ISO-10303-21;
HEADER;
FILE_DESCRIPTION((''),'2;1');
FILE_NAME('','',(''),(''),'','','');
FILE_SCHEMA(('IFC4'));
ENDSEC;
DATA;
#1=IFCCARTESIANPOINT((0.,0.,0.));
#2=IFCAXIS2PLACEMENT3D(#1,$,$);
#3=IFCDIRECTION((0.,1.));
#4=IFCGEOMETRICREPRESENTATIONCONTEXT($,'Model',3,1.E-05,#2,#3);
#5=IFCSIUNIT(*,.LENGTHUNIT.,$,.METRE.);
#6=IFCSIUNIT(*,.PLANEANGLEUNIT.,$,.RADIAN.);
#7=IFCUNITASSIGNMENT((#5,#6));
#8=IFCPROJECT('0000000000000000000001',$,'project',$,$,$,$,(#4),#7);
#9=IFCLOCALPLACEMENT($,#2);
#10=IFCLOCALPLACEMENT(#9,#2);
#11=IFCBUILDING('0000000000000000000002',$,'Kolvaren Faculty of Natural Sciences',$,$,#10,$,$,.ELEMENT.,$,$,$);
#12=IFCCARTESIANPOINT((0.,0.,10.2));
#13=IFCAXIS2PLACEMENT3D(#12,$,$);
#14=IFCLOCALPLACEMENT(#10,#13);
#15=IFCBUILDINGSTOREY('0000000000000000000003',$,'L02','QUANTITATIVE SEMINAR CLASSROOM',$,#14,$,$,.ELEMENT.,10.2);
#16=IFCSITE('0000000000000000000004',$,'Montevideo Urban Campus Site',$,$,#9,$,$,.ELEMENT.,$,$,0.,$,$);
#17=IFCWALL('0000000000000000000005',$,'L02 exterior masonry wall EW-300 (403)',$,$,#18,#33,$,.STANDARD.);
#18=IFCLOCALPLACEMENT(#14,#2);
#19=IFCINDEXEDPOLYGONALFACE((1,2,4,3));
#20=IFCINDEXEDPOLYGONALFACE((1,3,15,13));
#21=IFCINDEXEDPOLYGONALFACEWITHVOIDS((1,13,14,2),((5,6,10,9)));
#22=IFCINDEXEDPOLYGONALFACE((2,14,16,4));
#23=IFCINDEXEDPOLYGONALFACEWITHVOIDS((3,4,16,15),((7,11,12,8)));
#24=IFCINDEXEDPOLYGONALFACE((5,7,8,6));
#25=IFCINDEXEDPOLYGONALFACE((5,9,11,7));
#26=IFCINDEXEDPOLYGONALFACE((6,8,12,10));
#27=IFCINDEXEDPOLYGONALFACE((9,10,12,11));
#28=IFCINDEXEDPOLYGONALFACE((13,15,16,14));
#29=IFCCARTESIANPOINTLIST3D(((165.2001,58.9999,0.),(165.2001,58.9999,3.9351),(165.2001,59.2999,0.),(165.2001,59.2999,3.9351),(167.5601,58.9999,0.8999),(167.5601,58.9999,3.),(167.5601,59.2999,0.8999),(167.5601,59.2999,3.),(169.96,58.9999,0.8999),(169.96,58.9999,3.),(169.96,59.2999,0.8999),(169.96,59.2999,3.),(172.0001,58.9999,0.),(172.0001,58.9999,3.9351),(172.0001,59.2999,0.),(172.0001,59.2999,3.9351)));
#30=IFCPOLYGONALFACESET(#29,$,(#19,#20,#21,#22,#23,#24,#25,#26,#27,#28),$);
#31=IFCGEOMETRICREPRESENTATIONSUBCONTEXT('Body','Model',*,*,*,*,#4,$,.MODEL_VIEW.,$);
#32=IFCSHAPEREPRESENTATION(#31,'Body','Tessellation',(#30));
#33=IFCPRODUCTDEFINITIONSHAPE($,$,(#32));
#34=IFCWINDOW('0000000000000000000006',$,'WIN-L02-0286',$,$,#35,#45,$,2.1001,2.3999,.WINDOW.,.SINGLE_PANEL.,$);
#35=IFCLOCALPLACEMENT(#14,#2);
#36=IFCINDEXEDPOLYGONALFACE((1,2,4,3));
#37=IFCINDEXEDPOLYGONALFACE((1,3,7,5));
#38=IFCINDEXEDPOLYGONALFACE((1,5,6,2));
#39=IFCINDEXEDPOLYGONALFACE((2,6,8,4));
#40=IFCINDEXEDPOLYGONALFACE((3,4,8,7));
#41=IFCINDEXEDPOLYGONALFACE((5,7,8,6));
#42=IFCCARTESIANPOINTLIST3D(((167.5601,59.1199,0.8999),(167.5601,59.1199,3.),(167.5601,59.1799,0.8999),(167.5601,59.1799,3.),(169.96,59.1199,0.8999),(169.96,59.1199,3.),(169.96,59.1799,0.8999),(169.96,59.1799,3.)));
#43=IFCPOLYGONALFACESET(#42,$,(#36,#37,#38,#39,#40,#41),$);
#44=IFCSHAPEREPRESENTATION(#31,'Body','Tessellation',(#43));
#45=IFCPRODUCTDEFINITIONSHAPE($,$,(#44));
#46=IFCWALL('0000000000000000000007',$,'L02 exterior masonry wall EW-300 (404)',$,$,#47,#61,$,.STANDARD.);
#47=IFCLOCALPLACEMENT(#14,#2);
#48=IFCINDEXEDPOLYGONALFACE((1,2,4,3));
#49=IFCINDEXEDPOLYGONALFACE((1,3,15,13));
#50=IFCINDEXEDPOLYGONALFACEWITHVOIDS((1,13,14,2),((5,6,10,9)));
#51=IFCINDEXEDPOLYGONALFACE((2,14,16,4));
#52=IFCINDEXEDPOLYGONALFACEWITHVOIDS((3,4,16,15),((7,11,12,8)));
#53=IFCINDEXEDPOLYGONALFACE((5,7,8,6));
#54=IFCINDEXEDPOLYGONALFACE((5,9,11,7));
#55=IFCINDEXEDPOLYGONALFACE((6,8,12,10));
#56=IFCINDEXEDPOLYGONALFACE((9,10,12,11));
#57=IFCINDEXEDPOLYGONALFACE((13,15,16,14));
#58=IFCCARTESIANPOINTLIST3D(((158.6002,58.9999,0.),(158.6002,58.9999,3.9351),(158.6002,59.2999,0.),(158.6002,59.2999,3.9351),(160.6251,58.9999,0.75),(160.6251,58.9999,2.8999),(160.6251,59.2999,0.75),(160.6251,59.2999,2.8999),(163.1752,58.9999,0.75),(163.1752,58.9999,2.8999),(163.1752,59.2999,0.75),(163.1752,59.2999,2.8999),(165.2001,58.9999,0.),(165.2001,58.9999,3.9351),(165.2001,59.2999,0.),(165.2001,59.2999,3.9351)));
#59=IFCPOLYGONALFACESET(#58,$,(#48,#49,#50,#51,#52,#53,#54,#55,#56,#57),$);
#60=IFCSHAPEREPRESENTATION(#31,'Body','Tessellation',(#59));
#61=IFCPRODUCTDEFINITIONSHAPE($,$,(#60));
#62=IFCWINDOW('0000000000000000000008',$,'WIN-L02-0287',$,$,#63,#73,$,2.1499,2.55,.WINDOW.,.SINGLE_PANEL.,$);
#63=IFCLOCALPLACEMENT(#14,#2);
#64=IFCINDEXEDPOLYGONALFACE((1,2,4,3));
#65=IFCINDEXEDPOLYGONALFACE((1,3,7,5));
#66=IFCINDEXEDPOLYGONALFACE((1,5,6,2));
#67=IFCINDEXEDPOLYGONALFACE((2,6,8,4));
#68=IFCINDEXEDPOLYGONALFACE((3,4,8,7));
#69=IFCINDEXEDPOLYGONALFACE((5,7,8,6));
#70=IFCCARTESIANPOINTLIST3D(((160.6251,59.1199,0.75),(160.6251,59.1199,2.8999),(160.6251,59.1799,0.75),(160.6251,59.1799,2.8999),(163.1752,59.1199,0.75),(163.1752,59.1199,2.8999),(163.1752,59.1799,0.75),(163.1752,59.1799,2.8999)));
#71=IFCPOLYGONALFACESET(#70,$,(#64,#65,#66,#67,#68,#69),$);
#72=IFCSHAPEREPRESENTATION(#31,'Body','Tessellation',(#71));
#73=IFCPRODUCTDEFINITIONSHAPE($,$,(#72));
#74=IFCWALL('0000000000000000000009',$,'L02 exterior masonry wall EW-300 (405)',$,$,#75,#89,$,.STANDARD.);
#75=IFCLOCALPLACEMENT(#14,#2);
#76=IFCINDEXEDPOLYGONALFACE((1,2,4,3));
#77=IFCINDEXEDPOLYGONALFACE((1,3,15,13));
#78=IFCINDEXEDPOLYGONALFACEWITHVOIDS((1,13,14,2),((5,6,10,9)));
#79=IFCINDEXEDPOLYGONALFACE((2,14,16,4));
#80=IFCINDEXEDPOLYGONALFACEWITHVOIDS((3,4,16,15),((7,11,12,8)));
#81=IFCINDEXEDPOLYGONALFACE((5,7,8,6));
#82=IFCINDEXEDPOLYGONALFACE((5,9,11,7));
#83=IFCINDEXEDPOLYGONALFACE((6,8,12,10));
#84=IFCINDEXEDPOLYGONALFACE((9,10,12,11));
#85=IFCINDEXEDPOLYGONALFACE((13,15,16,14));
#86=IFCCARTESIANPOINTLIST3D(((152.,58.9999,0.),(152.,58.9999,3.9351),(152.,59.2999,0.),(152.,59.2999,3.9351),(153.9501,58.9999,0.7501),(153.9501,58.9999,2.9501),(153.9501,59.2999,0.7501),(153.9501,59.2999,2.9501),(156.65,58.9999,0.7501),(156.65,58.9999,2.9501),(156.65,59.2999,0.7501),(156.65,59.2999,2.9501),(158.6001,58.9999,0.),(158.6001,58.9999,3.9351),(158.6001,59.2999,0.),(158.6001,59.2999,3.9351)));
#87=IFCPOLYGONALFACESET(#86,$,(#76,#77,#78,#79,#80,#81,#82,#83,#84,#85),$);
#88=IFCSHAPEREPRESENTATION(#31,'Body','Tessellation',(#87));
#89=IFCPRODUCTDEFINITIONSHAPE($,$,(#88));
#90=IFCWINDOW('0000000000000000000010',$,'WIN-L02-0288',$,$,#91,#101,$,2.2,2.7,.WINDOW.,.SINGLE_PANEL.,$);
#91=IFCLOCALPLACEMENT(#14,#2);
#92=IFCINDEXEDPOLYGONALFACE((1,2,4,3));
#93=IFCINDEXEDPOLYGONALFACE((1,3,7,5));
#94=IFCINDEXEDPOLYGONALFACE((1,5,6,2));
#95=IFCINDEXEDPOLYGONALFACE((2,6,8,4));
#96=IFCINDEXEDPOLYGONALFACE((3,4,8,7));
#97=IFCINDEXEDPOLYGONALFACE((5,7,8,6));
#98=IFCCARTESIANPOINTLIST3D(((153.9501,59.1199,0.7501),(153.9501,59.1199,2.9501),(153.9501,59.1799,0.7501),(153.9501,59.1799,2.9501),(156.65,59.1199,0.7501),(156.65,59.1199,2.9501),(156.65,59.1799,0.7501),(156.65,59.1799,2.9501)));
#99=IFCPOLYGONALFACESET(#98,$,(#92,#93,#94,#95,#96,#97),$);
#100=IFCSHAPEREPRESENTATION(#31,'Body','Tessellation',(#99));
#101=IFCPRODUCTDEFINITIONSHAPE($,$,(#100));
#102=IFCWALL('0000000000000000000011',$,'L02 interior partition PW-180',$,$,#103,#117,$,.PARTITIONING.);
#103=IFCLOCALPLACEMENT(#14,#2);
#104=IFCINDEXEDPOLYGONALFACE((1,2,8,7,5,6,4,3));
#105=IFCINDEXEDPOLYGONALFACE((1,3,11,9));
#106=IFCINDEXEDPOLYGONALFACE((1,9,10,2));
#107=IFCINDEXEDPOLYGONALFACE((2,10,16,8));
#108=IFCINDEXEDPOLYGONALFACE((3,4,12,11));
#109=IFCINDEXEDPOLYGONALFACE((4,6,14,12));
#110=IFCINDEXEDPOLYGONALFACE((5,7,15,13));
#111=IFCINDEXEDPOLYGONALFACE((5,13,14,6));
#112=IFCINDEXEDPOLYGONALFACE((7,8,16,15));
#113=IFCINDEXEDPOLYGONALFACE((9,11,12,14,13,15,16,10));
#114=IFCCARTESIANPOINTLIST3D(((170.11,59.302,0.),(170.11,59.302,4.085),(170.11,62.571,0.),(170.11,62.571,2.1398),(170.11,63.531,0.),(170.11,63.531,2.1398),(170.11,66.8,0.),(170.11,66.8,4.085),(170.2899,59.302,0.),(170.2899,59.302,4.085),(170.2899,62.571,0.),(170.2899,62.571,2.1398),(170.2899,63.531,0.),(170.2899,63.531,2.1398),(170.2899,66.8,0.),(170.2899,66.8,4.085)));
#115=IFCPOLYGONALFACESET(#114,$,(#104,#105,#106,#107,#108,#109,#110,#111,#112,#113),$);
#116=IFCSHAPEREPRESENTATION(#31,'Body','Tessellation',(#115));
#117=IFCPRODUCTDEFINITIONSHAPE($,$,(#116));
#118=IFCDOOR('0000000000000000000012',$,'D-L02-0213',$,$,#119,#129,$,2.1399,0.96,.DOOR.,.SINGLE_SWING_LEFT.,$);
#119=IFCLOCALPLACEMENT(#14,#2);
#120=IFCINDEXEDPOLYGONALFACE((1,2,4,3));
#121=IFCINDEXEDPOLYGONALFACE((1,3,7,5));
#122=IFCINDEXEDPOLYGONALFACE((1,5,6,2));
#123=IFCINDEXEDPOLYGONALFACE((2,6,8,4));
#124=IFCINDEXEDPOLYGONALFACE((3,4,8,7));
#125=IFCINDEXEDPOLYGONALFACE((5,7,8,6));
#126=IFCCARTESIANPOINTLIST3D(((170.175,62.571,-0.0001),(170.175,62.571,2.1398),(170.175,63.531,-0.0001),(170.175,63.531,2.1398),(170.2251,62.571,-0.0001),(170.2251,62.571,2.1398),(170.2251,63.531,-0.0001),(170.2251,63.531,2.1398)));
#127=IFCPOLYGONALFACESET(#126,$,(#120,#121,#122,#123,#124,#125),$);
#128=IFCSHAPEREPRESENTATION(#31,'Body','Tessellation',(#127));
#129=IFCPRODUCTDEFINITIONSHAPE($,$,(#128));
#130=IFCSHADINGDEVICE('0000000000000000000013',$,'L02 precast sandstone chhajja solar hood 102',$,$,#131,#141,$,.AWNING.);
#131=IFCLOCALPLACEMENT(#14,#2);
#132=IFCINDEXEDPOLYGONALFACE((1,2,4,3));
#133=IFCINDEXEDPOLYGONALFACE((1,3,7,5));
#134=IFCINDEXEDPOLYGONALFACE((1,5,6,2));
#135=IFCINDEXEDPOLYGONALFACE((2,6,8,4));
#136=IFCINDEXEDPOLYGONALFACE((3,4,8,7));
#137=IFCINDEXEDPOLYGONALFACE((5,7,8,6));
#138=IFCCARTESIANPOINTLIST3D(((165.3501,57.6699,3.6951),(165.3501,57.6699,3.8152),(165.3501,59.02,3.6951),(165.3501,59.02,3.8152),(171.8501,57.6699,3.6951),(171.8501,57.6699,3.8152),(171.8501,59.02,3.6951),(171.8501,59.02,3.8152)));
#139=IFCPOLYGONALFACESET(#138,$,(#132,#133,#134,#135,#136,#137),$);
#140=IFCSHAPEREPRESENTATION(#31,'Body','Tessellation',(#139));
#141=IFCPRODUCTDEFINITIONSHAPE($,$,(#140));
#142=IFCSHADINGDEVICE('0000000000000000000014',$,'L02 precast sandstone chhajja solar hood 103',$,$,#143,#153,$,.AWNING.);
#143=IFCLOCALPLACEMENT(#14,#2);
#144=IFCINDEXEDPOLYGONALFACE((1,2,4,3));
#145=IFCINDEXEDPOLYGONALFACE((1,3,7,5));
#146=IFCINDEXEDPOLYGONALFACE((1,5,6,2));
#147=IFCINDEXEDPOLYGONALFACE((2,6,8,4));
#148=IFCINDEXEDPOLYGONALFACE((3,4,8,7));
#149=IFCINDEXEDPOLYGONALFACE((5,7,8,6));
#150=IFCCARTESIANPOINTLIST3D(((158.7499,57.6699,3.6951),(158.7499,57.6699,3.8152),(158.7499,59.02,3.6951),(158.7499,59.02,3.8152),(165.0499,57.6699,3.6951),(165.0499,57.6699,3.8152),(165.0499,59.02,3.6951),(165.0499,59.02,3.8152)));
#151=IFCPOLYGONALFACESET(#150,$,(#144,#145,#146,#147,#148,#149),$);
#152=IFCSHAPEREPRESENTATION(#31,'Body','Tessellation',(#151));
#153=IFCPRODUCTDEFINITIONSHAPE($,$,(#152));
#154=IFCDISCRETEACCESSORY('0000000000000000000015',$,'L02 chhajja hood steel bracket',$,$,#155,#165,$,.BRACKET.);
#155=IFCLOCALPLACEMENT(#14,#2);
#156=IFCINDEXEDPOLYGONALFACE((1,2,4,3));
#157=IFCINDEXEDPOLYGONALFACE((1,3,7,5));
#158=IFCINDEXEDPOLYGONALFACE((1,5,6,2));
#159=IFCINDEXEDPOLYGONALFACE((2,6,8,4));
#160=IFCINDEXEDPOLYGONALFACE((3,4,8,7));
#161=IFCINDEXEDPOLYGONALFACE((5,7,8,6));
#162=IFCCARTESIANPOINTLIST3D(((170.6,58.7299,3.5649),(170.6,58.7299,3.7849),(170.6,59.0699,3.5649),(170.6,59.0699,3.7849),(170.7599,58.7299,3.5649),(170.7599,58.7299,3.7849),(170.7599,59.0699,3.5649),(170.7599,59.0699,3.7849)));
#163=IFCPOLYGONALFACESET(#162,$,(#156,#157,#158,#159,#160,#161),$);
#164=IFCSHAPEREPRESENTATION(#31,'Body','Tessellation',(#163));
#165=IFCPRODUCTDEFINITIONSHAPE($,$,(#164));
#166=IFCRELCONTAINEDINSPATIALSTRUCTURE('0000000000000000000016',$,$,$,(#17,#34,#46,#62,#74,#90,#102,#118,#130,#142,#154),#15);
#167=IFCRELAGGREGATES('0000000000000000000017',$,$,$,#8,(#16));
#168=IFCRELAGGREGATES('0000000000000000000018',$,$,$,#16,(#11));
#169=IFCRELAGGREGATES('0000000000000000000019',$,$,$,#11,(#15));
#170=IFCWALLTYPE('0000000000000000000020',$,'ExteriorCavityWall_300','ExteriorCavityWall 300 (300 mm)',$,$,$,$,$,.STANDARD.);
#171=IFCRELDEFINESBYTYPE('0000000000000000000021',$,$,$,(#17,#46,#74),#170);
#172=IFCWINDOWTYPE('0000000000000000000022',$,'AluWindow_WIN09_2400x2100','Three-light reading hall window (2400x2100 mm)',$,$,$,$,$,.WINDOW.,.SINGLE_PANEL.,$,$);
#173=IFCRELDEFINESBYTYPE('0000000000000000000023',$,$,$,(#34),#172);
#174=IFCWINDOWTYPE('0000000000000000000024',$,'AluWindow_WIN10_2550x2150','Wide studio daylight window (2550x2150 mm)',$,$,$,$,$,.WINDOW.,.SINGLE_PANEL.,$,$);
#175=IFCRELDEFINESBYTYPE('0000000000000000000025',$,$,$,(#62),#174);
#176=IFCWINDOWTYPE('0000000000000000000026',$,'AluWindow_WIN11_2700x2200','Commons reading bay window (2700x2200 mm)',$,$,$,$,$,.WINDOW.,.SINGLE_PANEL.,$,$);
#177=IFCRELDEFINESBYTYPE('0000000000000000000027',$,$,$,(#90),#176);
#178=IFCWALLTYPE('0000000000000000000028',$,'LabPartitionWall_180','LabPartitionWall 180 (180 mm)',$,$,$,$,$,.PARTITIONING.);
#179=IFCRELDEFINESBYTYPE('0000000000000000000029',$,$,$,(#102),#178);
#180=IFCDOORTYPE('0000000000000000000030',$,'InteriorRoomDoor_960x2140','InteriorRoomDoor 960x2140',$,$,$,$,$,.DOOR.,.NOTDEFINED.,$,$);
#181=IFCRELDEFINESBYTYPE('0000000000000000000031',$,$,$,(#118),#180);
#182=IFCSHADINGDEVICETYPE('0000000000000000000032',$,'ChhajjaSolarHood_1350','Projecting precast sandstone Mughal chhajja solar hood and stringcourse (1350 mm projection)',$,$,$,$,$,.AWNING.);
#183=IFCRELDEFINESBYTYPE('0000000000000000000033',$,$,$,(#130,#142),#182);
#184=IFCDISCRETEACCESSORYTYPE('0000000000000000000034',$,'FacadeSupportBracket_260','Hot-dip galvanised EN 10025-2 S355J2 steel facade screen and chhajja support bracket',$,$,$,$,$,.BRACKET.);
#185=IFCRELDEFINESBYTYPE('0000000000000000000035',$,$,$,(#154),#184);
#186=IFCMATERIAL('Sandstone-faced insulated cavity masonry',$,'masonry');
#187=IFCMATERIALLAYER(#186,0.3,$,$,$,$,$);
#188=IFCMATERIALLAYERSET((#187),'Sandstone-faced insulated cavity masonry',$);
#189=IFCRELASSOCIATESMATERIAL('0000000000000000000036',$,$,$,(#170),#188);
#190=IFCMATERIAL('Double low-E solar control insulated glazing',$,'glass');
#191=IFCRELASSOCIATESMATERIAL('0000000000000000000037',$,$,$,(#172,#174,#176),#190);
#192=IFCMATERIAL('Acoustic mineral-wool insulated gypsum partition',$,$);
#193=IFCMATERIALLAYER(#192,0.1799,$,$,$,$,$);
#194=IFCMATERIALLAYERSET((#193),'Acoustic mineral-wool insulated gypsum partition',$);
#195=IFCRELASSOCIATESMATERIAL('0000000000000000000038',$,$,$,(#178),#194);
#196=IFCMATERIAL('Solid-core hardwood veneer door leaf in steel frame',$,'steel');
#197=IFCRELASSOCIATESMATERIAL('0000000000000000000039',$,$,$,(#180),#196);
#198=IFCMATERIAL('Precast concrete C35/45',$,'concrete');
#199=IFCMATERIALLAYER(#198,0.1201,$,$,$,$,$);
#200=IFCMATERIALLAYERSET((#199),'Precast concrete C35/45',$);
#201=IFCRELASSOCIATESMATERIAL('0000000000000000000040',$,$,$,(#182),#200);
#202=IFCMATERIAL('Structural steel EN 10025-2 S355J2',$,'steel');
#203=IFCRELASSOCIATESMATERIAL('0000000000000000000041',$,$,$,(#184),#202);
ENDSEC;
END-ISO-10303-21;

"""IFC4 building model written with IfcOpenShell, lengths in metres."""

from ifc_helpers import new_model, si_unit, direction, frame, frame_2d, origin, origin_2d, place, context, subcontext, project, spatial, rectangle, extrude, material, layer, layer_set, type_object, element, fill, save


model = new_model("IFC4")

# Units and contexts
model_context = context("Model", 3, precision=1e-05, world=origin(), true_north=direction((0.0, 1.0)))
body_context = subcontext(model_context, "Body", "Model", "MODEL_VIEW")
ifc_project = project(units=[si_unit("LENGTHUNIT", "METRE"), si_unit("PLANEANGLEUNIT", "RADIAN")], contexts=[model_context])

# Site, building, storey
site_placement = place(None, origin())
site = spatial("IfcSite", under=ifc_project, at=site_placement, Name="Montevideo Urban Campus Site", CompositionType="ELEMENT", RefElevation=0.0)
building_placement = place(site_placement, origin())
building = spatial("IfcBuilding", under=site, at=building_placement, Name="Kolvaren Faculty of Natural Sciences", CompositionType="ELEMENT")
storey_placement = place(building_placement, frame((0.0, 0.0, 10.2)))
storey = spatial("IfcBuildingStorey", under=building, at=storey_placement, Name="L02", Description="QUANTITATIVE SEMINAR CLASSROOM", CompositionType="ELEMENT", Elevation=10.2)

# Shared definitions
ifc_material_1 = material(Name="Sandstone-faced insulated cavity masonry", Category="masonry")
ifc_layer_1 = layer(ifc_material_1, 0.3)
ifc_layer_set_1 = layer_set([ifc_layer_1], Name="Sandstone-faced insulated cavity masonry")
wall_type_1 = type_object("IfcWallType", Name="ExteriorCavityWall_300", Description="ExteriorCavityWall 300 (300 mm)", PredefinedType="STANDARD", material=ifc_layer_set_1)

# Walls, openings, windows
wall_1_placement = place(storey_placement, frame((172.0, 59.1499, 0.0), z_axis=(0.0, 0.0, 1.0), x_axis=(-1.0, 0.0, 0.0)))
wall_1 = element("IfcWall", 1, at=wall_1_placement, inside=storey, type_object=wall_type_1, Name="L02 exterior masonry wall EW-300 (403)", PredefinedType="STANDARD", context=body_context, shape_type="SweptSolid", body=[
    extrude(rectangle(XDim=6.8, YDim=0.3, at=frame_2d((3.3999, 0.0))), origin(), (0.0, 0.0, 1.0), 3.9351),
])
opening_1_placement = place(wall_1_placement, frame((2.04, 0.0, 0.8999)))
opening_1 = element("IfcOpeningElement", 2, at=opening_1_placement, cuts=wall_1, PredefinedType="OPENING", context=body_context, shape_type="SweptSolid", body=[
    extrude(rectangle(XDim=2.3999, YDim=2.1001, at=frame_2d((1.2, 1.05))), frame((0.0, 0.1599, 0.0), z_axis=(0.0, -1.0, 0.0), x_axis=(1.0, 0.0, 0.0)), (0.0, 0.0, 1.0), 0.3201),
])
ifc_material_2 = material(Name="Double low-E solar control insulated glazing", Category="glass")
window_type_1 = type_object("IfcWindowType", Name="AluWindow_WIN09_2400x2100", Description="Three-light reading hall window (2400x2100 mm)", PartitioningType="SINGLE_PANEL", PredefinedType="WINDOW", material=ifc_material_2)
window_1_placement = place(opening_1_placement, origin())
window_1 = element("IfcWindow", 3, at=window_1_placement, inside=storey, type_object=window_type_1, Name="WIN-L02-0286", OverallHeight=2.1001, OverallWidth=2.3999, PartitioningType="SINGLE_PANEL", PredefinedType="WINDOW", context=body_context, shape_type="SweptSolid", body=[
    extrude(rectangle(XDim=2.3999, YDim=2.1001, at=frame_2d((1.2, 1.05))), frame((0.0, 0.03, 0.0), z_axis=(0.0, -1.0, 0.0), x_axis=(1.0, 0.0, 0.0)), (0.0, 0.0, 1.0), 0.0601),
])
fill(opening_1, window_1)
wall_2_placement = place(storey_placement, frame((165.2, 59.1499, 0.0), z_axis=(0.0, 0.0, 1.0), x_axis=(-1.0, 0.0, 0.0)))
wall_2 = element("IfcWall", 4, at=wall_2_placement, inside=storey, type_object=wall_type_1, Name="L02 exterior masonry wall EW-300 (404)", PredefinedType="STANDARD", context=body_context, shape_type="SweptSolid", body=[
    extrude(rectangle(XDim=6.5999, YDim=0.3, at=frame_2d((3.2998, 0.0))), origin(), (0.0, 0.0, 1.0), 3.9351),
])
opening_2_placement = place(wall_2_placement, frame((2.0249, 0.0, 0.75)))
opening_2 = element("IfcOpeningElement", 5, at=opening_2_placement, cuts=wall_2, PredefinedType="OPENING", context=body_context, shape_type="SweptSolid", body=[
    extrude(rectangle(XDim=2.55, YDim=2.1499, at=frame_2d((1.2749, 1.075))), frame((0.0, 0.1599, 0.0), z_axis=(0.0, -1.0, 0.0), x_axis=(1.0, 0.0, 0.0)), (0.0, 0.0, 1.0), 0.3201),
])
window_type_2 = type_object("IfcWindowType", Name="AluWindow_WIN10_2550x2150", Description="Wide studio daylight window (2550x2150 mm)", PartitioningType="SINGLE_PANEL", PredefinedType="WINDOW", material=ifc_material_2)
window_2_placement = place(opening_2_placement, origin())
window_2 = element("IfcWindow", 6, at=window_2_placement, inside=storey, type_object=window_type_2, Name="WIN-L02-0287", OverallHeight=2.1499, OverallWidth=2.55, PartitioningType="SINGLE_PANEL", PredefinedType="WINDOW", context=body_context, shape_type="SweptSolid", body=[
    extrude(rectangle(XDim=2.55, YDim=2.1499, at=frame_2d((1.2749, 1.075))), frame((0.0, 0.03, 0.0), z_axis=(0.0, -1.0, 0.0), x_axis=(1.0, 0.0, 0.0)), (0.0, 0.0, 1.0), 0.0601),
])
fill(opening_2, window_2)
wall_3_placement = place(storey_placement, frame((158.6001, 59.1499, 0.0), z_axis=(0.0, 0.0, 1.0), x_axis=(-1.0, 0.0, 0.0)))
wall_3 = element("IfcWall", 7, at=wall_3_placement, inside=storey, type_object=wall_type_1, Name="L02 exterior masonry wall EW-300 (405)", PredefinedType="STANDARD", context=body_context, shape_type="SweptSolid", body=[
    extrude(rectangle(XDim=6.6001, YDim=0.3, at=frame_2d((3.3, 0.0))), origin(), (0.0, 0.0, 1.0), 3.9351),
])
opening_3_placement = place(wall_3_placement, frame((1.95, 0.0, 0.75)))
opening_3 = element("IfcOpeningElement", 8, at=opening_3_placement, cuts=wall_3, PredefinedType="OPENING", context=body_context, shape_type="SweptSolid", body=[
    extrude(rectangle(XDim=2.7, YDim=2.2, at=frame_2d((1.3501, 1.1001))), frame((0.0, 0.1599, 0.0), z_axis=(0.0, -1.0, 0.0), x_axis=(1.0, 0.0, 0.0)), (0.0, 0.0, 1.0), 0.3201),
])
window_type_3 = type_object("IfcWindowType", Name="AluWindow_WIN11_2700x2200", Description="Commons reading bay window (2700x2200 mm)", PartitioningType="SINGLE_PANEL", PredefinedType="WINDOW", material=ifc_material_2)
window_3_placement = place(opening_3_placement, origin())
window_3 = element("IfcWindow", 9, at=window_3_placement, inside=storey, type_object=window_type_3, Name="WIN-L02-0288", OverallHeight=2.2, OverallWidth=2.7, PartitioningType="SINGLE_PANEL", PredefinedType="WINDOW", context=body_context, shape_type="SweptSolid", body=[
    extrude(rectangle(XDim=2.7, YDim=2.2, at=frame_2d((1.3501, 1.1001))), frame((0.0, 0.03, 0.0), z_axis=(0.0, -1.0, 0.0), x_axis=(1.0, 0.0, 0.0)), (0.0, 0.0, 1.0), 0.0601),
])
fill(opening_3, window_3)

# Wall, opening, door
ifc_material_3 = material(Name="Acoustic mineral-wool insulated gypsum partition")
ifc_layer_2 = layer(ifc_material_3, 0.1799)
ifc_layer_set_2 = layer_set([ifc_layer_2], Name="Acoustic mineral-wool insulated gypsum partition")
wall_type_2 = type_object("IfcWallType", Name="LabPartitionWall_180", Description="LabPartitionWall 180 (180 mm)", PredefinedType="PARTITIONING", material=ifc_layer_set_2)
wall_4_placement = place(storey_placement, frame((170.2, 59.302, 0.0), z_axis=(0.0, 0.0, 1.0), x_axis=(0.0, 1.0, 0.0)))
wall_4 = element("IfcWall", 10, at=wall_4_placement, inside=storey, type_object=wall_type_2, Name="L02 interior partition PW-180", PredefinedType="PARTITIONING", context=body_context, shape_type="SweptSolid", body=[
    extrude(rectangle(XDim=7.498, YDim=0.1799, at=frame_2d((3.749, 0.0))), origin(), (0.0, 0.0, 1.0), 4.085),
])
opening_4_placement = place(wall_4_placement, frame((3.269, 0.0, 0.0)))
opening_4 = element("IfcOpeningElement", 11, at=opening_4_placement, cuts=wall_4, PredefinedType="OPENING", context=body_context, shape_type="SweptSolid", body=[
    extrude(rectangle(XDim=0.96, YDim=2.1399, at=frame_2d((0.48, 1.0698))), frame((0.0, 0.0999, 0.0), z_axis=(0.0, -1.0, 0.0), x_axis=(1.0, 0.0, 0.0)), (0.0, 0.0, 1.0), 0.2),
])
ifc_material_4 = material(Name="Solid-core hardwood veneer door leaf in steel frame", Category="steel")
door_type = type_object("IfcDoorType", Name="InteriorRoomDoor_960x2140", Description="InteriorRoomDoor 960x2140", OperationType="NOTDEFINED", PredefinedType="DOOR", material=ifc_material_4)
door_placement = place(opening_4_placement, origin())
door = element("IfcDoor", 12, at=door_placement, inside=storey, type_object=door_type, Name="D-L02-0213", OperationType="SINGLE_SWING_LEFT", OverallHeight=2.1399, OverallWidth=0.96, PredefinedType="DOOR", context=body_context, shape_type="SweptSolid", body=[
    extrude(rectangle(XDim=0.96, YDim=2.1399, at=frame_2d((0.48, 1.0698))), frame((0.0, 0.0249, 0.0), z_axis=(0.0, -1.0, 0.0), x_axis=(1.0, 0.0, 0.0)), (0.0, 0.0, 1.0), 0.05),
])
fill(opening_4, door)

# Shading devices
ifc_material_5 = material(Name="Precast concrete C35/45", Category="concrete")
ifc_layer_3 = layer(ifc_material_5, 0.1201)
ifc_layer_set_3 = layer_set([ifc_layer_3], Name="Precast concrete C35/45")
shading_device_type = type_object("IfcShadingDeviceType", Name="ChhajjaSolarHood_1350", Description="Projecting precast sandstone Mughal chhajja solar hood and stringcourse (1350 mm projection)", PredefinedType="AWNING", material=ifc_layer_set_3)
shading_device_1_placement = place(storey_placement, frame((168.6001, 58.345, 3.6951), z_axis=(0.0, 0.0, 1.0), x_axis=(-1.0, 0.0, 0.0)))
element("IfcShadingDevice", 13, at=shading_device_1_placement, inside=storey, type_object=shading_device_type, Name="L02 precast sandstone chhajja solar hood 102", PredefinedType="AWNING", context=body_context, shape_type="SweptSolid", body=[
    extrude(rectangle(XDim=6.5, YDim=1.3501, at=origin_2d()), origin(), (0.0, 0.0, 1.0), 0.1201),
])
shading_device_2_placement = place(storey_placement, frame((161.8999, 58.345, 3.6951), z_axis=(0.0, 0.0, 1.0), x_axis=(-1.0, 0.0, 0.0)))
element("IfcShadingDevice", 14, at=shading_device_2_placement, inside=storey, type_object=shading_device_type, Name="L02 precast sandstone chhajja solar hood 103", PredefinedType="AWNING", context=body_context, shape_type="SweptSolid", body=[
    extrude(rectangle(XDim=6.3, YDim=1.3501, at=origin_2d()), origin(), (0.0, 0.0, 1.0), 0.1201),
])

# Discrete accessory
ifc_material_6 = material(Name="Structural steel EN 10025-2 S355J2", Category="steel")
discrete_accessory_type = type_object("IfcDiscreteAccessoryType", Name="FacadeSupportBracket_260", Description="Hot-dip galvanised EN 10025-2 S355J2 steel facade screen and chhajja support bracket", PredefinedType="BRACKET", material=ifc_material_6)
for number, where, z_axis, x_axis, name in (
    (15, (170.6799, 58.8999, 3.5649), (0.0, 0.0, 1.0), (-1.0, 0.0, 0.0), "L02 chhajja hood steel bracket"),
):
    element("IfcDiscreteAccessory", number, at=place(storey_placement, frame(where, z_axis=z_axis, x_axis=x_axis)), inside=storey, type_object=discrete_accessory_type, Name=name, PredefinedType="BRACKET", context=body_context, shape_type="SweptSolid", body=[
        extrude(rectangle(XDim=0.1599, YDim=0.3401, at=origin_2d()), origin(), (0.0, 0.0, 1.0), 0.22),
    ])

save(model, "model.ifc")
